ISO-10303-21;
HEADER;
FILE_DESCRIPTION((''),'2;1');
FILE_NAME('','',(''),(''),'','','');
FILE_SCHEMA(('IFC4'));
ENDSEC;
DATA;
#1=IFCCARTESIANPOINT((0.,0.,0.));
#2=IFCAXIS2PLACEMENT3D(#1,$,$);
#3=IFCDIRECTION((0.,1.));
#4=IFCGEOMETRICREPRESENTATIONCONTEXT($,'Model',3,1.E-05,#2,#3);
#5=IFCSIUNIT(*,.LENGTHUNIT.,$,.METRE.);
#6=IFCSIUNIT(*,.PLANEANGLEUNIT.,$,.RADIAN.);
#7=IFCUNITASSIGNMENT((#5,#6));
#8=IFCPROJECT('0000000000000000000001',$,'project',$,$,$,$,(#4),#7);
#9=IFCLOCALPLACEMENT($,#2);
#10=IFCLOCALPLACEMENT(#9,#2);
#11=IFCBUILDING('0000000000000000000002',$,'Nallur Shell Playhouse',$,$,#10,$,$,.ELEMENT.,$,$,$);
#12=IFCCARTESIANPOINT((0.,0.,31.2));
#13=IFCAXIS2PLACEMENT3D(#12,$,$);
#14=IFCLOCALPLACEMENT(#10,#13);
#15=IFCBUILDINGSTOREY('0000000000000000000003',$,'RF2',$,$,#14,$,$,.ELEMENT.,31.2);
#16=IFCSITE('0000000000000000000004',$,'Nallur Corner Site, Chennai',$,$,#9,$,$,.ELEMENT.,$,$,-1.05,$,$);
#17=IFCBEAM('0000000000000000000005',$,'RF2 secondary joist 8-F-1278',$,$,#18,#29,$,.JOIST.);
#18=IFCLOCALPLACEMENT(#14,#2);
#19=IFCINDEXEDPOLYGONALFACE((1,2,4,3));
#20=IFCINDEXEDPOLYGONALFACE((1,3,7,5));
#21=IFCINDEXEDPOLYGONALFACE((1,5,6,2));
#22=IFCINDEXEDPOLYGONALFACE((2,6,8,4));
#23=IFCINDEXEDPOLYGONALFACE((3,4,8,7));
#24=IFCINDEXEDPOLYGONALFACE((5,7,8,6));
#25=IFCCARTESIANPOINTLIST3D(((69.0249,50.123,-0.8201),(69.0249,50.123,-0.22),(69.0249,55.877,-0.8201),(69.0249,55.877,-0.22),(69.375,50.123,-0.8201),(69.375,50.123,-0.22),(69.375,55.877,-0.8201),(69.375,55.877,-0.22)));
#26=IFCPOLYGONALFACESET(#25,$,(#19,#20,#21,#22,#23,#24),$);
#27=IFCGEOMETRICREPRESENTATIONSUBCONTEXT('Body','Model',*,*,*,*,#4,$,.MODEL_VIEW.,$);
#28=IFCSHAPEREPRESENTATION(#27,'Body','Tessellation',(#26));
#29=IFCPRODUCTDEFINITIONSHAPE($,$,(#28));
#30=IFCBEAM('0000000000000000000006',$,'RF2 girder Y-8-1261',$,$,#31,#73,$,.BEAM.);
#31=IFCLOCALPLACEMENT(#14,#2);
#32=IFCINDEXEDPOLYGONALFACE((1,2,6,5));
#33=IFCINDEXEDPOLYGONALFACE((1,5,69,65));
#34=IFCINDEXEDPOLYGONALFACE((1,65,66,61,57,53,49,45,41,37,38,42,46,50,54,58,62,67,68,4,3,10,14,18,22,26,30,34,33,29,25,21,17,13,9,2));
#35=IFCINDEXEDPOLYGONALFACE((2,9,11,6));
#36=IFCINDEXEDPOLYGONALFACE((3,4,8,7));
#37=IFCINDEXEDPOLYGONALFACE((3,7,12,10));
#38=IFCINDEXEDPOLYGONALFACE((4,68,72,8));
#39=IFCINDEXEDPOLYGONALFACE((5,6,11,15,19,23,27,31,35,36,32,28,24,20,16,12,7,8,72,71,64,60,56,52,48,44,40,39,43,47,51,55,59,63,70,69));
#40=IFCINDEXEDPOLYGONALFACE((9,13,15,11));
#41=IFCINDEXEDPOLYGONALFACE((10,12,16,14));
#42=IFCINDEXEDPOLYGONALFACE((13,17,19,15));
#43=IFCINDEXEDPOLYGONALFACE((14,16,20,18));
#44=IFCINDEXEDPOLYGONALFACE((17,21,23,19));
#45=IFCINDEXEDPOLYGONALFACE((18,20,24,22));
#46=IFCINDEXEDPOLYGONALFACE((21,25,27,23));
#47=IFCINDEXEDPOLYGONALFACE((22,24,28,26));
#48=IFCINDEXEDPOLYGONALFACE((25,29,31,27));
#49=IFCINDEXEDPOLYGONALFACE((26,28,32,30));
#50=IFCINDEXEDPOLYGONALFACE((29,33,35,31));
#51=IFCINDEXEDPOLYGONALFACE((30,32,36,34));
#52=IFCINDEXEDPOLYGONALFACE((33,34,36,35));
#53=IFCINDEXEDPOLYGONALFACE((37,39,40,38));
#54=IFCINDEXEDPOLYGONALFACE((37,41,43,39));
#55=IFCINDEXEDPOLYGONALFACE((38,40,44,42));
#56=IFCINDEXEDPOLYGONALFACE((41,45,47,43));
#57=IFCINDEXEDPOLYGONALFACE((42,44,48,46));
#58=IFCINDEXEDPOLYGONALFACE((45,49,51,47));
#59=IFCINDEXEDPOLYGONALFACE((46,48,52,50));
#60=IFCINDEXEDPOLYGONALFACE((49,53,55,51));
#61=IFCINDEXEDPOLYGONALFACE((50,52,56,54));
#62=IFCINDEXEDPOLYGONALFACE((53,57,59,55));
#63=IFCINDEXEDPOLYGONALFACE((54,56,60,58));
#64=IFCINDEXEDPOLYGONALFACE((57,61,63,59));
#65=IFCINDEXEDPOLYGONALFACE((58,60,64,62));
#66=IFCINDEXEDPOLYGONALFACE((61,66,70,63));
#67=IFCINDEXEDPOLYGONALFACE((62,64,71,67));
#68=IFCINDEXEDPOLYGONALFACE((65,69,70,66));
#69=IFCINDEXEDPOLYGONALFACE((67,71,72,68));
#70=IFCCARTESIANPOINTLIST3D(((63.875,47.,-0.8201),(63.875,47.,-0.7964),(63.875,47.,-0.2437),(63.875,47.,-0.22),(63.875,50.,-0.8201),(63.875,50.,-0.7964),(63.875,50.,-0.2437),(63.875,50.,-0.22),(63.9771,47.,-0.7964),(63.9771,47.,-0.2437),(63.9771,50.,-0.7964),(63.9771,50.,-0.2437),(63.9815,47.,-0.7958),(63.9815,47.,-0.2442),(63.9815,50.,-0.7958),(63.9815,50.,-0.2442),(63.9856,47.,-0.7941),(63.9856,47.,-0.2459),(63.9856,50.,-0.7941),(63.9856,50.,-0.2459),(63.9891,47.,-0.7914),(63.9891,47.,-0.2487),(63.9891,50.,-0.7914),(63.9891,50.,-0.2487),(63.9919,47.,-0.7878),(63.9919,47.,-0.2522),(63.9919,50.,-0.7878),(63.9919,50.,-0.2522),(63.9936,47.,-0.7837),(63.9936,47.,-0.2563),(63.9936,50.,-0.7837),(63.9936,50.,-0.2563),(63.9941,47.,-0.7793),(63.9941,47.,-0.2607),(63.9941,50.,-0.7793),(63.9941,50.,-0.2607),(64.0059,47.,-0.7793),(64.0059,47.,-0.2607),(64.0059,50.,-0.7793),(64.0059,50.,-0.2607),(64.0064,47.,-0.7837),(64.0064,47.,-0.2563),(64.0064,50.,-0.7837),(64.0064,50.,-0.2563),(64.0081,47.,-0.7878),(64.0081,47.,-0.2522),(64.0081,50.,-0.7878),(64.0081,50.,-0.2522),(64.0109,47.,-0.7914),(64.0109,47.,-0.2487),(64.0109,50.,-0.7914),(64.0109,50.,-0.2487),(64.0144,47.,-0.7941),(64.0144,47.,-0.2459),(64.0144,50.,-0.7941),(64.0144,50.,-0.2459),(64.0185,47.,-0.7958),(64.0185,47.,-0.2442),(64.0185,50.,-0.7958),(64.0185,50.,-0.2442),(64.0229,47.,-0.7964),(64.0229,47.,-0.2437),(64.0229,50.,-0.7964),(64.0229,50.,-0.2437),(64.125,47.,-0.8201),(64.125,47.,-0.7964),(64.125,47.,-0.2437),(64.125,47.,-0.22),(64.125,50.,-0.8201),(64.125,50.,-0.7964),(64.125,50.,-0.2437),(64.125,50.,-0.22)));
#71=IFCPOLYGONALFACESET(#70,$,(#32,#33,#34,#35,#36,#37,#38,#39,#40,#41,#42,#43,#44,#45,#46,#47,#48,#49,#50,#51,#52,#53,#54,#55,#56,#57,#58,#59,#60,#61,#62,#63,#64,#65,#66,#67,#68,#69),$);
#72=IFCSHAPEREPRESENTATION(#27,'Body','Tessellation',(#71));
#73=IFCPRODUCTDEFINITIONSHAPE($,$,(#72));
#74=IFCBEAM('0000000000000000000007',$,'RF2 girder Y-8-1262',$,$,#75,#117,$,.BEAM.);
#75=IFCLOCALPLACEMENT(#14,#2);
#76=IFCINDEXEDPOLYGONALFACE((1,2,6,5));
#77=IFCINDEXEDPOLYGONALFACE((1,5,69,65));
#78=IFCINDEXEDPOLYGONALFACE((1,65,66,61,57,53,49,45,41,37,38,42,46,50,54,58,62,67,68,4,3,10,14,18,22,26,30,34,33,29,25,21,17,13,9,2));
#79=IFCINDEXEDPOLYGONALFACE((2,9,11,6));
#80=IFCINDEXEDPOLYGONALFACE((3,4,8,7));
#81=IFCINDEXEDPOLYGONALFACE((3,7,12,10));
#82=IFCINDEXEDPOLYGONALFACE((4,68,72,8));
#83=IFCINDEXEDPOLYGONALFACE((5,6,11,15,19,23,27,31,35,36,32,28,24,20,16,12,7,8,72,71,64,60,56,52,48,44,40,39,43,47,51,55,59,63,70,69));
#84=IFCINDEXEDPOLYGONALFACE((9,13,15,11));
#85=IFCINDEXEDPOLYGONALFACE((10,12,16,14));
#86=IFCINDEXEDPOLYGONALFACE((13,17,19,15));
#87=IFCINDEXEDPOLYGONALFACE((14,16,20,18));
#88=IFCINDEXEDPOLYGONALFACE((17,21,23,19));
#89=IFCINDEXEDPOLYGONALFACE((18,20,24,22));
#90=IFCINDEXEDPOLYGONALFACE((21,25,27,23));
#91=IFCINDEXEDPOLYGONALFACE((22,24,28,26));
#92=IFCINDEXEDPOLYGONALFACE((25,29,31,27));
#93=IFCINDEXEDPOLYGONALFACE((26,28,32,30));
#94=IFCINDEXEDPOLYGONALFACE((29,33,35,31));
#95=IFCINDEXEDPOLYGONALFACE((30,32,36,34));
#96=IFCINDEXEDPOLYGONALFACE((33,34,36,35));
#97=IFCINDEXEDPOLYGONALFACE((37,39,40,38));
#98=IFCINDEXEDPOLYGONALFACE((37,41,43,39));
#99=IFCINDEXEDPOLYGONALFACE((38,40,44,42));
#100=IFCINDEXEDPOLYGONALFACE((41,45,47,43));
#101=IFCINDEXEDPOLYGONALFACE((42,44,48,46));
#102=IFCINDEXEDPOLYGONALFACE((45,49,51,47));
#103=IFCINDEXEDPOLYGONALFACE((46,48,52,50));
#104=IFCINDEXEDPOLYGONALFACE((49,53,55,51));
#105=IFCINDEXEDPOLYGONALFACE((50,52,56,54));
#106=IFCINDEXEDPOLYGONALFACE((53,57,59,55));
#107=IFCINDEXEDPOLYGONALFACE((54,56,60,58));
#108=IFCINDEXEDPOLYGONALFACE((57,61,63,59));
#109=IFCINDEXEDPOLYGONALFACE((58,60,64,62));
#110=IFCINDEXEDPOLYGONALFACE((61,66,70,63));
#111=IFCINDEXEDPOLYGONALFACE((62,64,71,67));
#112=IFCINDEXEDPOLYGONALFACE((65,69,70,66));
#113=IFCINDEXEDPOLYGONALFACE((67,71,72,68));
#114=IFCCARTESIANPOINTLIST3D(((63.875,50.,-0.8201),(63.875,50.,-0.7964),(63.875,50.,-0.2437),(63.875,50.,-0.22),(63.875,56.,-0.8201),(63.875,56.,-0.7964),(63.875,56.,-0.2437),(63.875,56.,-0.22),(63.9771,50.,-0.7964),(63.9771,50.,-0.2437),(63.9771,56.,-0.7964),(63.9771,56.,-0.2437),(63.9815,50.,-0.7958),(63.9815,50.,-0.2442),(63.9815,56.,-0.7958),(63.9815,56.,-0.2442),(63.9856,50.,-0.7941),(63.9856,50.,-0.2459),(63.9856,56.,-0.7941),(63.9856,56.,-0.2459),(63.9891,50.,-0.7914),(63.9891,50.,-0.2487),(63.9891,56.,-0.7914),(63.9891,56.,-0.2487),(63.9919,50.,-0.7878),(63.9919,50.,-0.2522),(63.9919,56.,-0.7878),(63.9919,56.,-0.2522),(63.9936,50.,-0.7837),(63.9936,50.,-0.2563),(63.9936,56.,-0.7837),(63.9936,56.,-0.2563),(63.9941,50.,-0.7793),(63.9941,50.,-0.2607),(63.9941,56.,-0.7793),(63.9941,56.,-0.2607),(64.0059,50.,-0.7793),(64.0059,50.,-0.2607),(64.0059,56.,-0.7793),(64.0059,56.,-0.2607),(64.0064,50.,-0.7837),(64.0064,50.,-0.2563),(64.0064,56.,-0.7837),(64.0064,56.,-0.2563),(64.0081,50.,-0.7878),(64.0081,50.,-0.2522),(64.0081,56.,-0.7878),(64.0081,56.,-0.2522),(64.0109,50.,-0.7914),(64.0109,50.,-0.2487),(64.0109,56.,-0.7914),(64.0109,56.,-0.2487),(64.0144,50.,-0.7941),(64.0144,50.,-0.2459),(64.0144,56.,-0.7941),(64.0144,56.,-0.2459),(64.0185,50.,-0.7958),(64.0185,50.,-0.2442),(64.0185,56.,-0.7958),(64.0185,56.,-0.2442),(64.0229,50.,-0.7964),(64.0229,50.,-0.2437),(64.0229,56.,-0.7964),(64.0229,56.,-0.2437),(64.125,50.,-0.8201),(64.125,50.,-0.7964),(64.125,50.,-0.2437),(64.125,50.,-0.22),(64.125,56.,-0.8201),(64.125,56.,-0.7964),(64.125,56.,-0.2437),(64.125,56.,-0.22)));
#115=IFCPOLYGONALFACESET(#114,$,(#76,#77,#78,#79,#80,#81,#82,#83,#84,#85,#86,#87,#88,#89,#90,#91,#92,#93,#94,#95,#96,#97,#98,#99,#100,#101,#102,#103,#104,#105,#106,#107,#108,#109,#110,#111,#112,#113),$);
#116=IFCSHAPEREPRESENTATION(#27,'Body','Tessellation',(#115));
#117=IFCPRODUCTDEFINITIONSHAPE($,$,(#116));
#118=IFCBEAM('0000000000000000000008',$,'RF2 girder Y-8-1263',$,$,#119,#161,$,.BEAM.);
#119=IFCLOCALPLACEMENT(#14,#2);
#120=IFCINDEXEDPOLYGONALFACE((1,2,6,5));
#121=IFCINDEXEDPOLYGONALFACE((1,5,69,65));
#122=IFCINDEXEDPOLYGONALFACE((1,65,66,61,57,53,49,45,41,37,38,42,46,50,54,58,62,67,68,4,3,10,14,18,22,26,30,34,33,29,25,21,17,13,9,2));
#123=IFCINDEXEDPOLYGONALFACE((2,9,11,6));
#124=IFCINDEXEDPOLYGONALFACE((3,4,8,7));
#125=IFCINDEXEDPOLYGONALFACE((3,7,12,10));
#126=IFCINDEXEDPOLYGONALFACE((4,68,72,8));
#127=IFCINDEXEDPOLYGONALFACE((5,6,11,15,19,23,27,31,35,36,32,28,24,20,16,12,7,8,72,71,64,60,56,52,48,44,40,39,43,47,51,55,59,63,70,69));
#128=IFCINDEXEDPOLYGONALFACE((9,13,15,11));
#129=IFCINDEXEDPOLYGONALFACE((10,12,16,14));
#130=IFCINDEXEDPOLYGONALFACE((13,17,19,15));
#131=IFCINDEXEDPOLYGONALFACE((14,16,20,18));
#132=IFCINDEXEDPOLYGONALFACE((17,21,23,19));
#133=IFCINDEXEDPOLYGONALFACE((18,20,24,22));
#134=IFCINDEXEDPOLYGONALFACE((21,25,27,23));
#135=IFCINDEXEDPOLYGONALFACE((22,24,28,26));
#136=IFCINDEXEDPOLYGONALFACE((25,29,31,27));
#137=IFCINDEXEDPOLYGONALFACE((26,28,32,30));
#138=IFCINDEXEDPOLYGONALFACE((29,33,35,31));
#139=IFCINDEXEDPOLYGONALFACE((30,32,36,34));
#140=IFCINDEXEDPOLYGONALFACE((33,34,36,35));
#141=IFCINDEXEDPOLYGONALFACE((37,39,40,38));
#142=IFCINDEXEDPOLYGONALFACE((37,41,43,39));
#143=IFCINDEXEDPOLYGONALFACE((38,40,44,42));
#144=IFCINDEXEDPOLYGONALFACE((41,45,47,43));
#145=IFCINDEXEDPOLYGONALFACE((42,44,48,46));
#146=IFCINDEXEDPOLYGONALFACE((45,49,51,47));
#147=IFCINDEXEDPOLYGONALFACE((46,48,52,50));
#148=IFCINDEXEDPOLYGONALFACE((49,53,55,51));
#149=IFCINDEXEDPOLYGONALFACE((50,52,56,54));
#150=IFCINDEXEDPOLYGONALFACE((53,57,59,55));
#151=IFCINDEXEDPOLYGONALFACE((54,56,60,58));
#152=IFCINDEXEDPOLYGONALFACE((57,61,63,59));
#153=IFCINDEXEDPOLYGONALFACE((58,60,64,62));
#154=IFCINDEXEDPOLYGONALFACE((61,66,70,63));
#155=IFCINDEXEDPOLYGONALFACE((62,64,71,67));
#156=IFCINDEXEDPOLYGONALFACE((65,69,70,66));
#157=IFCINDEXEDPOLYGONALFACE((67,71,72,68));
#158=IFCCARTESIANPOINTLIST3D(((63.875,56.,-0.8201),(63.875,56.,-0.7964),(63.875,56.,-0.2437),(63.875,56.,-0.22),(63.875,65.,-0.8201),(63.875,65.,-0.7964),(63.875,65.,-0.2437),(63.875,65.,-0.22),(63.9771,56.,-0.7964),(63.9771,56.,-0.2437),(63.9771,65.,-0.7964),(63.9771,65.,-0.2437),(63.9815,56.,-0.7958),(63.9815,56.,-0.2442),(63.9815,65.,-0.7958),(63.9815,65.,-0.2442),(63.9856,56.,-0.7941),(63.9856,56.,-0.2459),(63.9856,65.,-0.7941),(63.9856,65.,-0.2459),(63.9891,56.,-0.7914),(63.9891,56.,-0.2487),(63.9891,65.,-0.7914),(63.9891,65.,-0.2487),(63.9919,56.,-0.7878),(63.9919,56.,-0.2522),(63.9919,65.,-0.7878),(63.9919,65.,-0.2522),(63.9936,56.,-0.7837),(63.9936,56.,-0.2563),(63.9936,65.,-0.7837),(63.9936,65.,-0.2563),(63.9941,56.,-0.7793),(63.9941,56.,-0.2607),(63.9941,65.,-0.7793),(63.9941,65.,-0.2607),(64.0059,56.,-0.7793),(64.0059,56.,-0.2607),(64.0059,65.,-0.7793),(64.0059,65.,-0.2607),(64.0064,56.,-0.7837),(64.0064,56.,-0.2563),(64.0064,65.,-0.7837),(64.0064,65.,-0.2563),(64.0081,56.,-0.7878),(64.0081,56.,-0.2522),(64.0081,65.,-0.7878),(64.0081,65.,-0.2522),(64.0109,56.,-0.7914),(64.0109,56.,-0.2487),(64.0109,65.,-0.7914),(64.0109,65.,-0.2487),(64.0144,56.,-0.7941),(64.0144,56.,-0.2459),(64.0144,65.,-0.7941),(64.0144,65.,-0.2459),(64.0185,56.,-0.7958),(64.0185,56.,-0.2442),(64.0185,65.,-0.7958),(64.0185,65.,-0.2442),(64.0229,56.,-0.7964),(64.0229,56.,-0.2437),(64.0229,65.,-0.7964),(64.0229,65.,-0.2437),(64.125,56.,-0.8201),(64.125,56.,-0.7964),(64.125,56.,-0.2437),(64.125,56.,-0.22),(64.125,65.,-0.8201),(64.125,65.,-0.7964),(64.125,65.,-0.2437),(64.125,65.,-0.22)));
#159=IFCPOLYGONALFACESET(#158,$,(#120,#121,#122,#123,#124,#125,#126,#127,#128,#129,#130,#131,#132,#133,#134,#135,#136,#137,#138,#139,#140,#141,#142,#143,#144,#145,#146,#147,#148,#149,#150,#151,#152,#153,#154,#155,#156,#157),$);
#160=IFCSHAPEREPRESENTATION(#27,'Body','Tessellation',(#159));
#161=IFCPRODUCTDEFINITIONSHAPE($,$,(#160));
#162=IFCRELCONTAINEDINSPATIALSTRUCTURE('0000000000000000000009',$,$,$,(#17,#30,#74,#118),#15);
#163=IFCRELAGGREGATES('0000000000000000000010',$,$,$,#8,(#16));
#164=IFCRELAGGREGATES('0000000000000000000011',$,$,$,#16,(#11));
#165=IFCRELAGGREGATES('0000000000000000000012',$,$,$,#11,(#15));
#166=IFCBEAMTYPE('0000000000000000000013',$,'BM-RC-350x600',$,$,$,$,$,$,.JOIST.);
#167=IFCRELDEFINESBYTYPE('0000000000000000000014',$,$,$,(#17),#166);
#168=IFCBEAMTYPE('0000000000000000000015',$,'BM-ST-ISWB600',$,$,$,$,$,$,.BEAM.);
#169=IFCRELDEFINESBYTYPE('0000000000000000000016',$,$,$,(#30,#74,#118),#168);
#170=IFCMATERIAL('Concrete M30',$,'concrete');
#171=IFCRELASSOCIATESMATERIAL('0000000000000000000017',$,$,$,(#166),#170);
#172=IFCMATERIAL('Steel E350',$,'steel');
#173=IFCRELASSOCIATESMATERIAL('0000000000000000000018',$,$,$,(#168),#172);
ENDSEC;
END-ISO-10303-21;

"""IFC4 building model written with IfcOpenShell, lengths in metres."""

from ifc_helpers import new_model, si_unit, direction, frame, origin, origin_2d, place, context, subcontext, project, spatial, rectangle, i_section, extrude, material, material_profile, profile_set, type_object, element, save


model = new_model("IFC4")

# Units and contexts
model_context = context("Model", 3, precision=1e-05, world=origin(), true_north=direction((0.0, 1.0)))
body_context = subcontext(model_context, "Body", "Model", "MODEL_VIEW")
ifc_project = project(units=[si_unit("LENGTHUNIT", "METRE"), si_unit("PLANEANGLEUNIT", "RADIAN")], contexts=[model_context])

# Site, building, storey
site_placement = place(None, origin())
site = spatial("IfcSite", under=ifc_project, at=site_placement, Name="Nallur Corner Site, Chennai", CompositionType="ELEMENT", RefElevation=-1.05)
building_placement = place(site_placement, origin())
building = spatial("IfcBuilding", under=site, at=building_placement, Name="Nallur Shell Playhouse", CompositionType="ELEMENT")
storey_placement = place(building_placement, frame((0.0, 0.0, 31.2)))
storey = spatial("IfcBuildingStorey", under=building, at=storey_placement, Name="RF2", CompositionType="ELEMENT", Elevation=31.2)

# Beams
ifc_material_1 = material(Name="Concrete M30", Category="concrete")
ifc_material_profile_1 = material_profile(ifc_material_1, rectangle(XDim=0.3501, YDim=0.6001, at=origin_2d()), Name="RC 350x600")
ifc_profile_set_1 = profile_set([ifc_material_profile_1], Name="Concrete M30")
beam_type_1 = type_object("IfcBeamType", Name="BM-RC-350x600", PredefinedType="JOIST", material=ifc_profile_set_1)
beam_1_placement = place(storey_placement, frame((69.2, 50.123, -0.52), z_axis=(0.0, 1.0, 0.0), x_axis=(-1.0, 0.0, 0.0)))
element("IfcBeam", 1, at=beam_1_placement, inside=storey, type_object=beam_type_1, Name="RF2 secondary joist 8-F-1278", PredefinedType="JOIST", context=body_context, shape_type="SweptSolid", body=[
    extrude(rectangle(XDim=0.3501, YDim=0.6001, at=origin_2d()), origin(), (0.0, 0.0, 1.0), 5.7539),
])
ifc_material_2 = material(Name="Steel E350", Category="steel")
ifc_material_profile_2 = material_profile(ifc_material_2, i_section(OverallWidth=0.25, OverallDepth=0.6001, WebThickness=0.0117, FlangeThickness=0.0237, FilletRadius=0.0171, at=origin_2d()), Name="ISWB 600")
ifc_profile_set_2 = profile_set([ifc_material_profile_2], Name="Steel E350")
beam_type_2 = type_object("IfcBeamType", Name="BM-ST-ISWB600", PredefinedType="BEAM", material=ifc_profile_set_2)
beam_2_placement = place(storey_placement, frame((64.0, 47.0, -0.52), z_axis=(0.0, 1.0, 0.0), x_axis=(-1.0, 0.0, 0.0)))
element("IfcBeam", 2, at=beam_2_placement, inside=storey, type_object=beam_type_2, Name="RF2 girder Y-8-1261", PredefinedType="BEAM", context=body_context, shape_type="SweptSolid", body=[
    extrude(i_section(OverallWidth=0.25, OverallDepth=0.6001, WebThickness=0.0117, FlangeThickness=0.0237, FilletRadius=0.0171, at=origin_2d()), origin(), (0.0, 0.0, 1.0), 3.0),
])
beam_3_placement = place(storey_placement, frame((64.0, 50.0, -0.52), z_axis=(0.0, 1.0, 0.0), x_axis=(-1.0, 0.0, 0.0)))
element("IfcBeam", 3, at=beam_3_placement, inside=storey, type_object=beam_type_2, Name="RF2 girder Y-8-1262", PredefinedType="BEAM", context=body_context, shape_type="SweptSolid", body=[
    extrude(i_section(OverallWidth=0.25, OverallDepth=0.6001, WebThickness=0.0117, FlangeThickness=0.0237, FilletRadius=0.0171, at=origin_2d()), origin(), (0.0, 0.0, 1.0), 6.0),
])
beam_4_placement = place(storey_placement, frame((64.0, 56.0, -0.52), z_axis=(0.0, 1.0, 0.0), x_axis=(-1.0, 0.0, 0.0)))
element("IfcBeam", 4, at=beam_4_placement, inside=storey, type_object=beam_type_2, Name="RF2 girder Y-8-1263", PredefinedType="BEAM", context=body_context, shape_type="SweptSolid", body=[
    extrude(i_section(OverallWidth=0.25, OverallDepth=0.6001, WebThickness=0.0117, FlangeThickness=0.0237, FilletRadius=0.0171, at=origin_2d()), origin(), (0.0, 0.0, 1.0), 9.0),
])

save(model, "model.ifc")
